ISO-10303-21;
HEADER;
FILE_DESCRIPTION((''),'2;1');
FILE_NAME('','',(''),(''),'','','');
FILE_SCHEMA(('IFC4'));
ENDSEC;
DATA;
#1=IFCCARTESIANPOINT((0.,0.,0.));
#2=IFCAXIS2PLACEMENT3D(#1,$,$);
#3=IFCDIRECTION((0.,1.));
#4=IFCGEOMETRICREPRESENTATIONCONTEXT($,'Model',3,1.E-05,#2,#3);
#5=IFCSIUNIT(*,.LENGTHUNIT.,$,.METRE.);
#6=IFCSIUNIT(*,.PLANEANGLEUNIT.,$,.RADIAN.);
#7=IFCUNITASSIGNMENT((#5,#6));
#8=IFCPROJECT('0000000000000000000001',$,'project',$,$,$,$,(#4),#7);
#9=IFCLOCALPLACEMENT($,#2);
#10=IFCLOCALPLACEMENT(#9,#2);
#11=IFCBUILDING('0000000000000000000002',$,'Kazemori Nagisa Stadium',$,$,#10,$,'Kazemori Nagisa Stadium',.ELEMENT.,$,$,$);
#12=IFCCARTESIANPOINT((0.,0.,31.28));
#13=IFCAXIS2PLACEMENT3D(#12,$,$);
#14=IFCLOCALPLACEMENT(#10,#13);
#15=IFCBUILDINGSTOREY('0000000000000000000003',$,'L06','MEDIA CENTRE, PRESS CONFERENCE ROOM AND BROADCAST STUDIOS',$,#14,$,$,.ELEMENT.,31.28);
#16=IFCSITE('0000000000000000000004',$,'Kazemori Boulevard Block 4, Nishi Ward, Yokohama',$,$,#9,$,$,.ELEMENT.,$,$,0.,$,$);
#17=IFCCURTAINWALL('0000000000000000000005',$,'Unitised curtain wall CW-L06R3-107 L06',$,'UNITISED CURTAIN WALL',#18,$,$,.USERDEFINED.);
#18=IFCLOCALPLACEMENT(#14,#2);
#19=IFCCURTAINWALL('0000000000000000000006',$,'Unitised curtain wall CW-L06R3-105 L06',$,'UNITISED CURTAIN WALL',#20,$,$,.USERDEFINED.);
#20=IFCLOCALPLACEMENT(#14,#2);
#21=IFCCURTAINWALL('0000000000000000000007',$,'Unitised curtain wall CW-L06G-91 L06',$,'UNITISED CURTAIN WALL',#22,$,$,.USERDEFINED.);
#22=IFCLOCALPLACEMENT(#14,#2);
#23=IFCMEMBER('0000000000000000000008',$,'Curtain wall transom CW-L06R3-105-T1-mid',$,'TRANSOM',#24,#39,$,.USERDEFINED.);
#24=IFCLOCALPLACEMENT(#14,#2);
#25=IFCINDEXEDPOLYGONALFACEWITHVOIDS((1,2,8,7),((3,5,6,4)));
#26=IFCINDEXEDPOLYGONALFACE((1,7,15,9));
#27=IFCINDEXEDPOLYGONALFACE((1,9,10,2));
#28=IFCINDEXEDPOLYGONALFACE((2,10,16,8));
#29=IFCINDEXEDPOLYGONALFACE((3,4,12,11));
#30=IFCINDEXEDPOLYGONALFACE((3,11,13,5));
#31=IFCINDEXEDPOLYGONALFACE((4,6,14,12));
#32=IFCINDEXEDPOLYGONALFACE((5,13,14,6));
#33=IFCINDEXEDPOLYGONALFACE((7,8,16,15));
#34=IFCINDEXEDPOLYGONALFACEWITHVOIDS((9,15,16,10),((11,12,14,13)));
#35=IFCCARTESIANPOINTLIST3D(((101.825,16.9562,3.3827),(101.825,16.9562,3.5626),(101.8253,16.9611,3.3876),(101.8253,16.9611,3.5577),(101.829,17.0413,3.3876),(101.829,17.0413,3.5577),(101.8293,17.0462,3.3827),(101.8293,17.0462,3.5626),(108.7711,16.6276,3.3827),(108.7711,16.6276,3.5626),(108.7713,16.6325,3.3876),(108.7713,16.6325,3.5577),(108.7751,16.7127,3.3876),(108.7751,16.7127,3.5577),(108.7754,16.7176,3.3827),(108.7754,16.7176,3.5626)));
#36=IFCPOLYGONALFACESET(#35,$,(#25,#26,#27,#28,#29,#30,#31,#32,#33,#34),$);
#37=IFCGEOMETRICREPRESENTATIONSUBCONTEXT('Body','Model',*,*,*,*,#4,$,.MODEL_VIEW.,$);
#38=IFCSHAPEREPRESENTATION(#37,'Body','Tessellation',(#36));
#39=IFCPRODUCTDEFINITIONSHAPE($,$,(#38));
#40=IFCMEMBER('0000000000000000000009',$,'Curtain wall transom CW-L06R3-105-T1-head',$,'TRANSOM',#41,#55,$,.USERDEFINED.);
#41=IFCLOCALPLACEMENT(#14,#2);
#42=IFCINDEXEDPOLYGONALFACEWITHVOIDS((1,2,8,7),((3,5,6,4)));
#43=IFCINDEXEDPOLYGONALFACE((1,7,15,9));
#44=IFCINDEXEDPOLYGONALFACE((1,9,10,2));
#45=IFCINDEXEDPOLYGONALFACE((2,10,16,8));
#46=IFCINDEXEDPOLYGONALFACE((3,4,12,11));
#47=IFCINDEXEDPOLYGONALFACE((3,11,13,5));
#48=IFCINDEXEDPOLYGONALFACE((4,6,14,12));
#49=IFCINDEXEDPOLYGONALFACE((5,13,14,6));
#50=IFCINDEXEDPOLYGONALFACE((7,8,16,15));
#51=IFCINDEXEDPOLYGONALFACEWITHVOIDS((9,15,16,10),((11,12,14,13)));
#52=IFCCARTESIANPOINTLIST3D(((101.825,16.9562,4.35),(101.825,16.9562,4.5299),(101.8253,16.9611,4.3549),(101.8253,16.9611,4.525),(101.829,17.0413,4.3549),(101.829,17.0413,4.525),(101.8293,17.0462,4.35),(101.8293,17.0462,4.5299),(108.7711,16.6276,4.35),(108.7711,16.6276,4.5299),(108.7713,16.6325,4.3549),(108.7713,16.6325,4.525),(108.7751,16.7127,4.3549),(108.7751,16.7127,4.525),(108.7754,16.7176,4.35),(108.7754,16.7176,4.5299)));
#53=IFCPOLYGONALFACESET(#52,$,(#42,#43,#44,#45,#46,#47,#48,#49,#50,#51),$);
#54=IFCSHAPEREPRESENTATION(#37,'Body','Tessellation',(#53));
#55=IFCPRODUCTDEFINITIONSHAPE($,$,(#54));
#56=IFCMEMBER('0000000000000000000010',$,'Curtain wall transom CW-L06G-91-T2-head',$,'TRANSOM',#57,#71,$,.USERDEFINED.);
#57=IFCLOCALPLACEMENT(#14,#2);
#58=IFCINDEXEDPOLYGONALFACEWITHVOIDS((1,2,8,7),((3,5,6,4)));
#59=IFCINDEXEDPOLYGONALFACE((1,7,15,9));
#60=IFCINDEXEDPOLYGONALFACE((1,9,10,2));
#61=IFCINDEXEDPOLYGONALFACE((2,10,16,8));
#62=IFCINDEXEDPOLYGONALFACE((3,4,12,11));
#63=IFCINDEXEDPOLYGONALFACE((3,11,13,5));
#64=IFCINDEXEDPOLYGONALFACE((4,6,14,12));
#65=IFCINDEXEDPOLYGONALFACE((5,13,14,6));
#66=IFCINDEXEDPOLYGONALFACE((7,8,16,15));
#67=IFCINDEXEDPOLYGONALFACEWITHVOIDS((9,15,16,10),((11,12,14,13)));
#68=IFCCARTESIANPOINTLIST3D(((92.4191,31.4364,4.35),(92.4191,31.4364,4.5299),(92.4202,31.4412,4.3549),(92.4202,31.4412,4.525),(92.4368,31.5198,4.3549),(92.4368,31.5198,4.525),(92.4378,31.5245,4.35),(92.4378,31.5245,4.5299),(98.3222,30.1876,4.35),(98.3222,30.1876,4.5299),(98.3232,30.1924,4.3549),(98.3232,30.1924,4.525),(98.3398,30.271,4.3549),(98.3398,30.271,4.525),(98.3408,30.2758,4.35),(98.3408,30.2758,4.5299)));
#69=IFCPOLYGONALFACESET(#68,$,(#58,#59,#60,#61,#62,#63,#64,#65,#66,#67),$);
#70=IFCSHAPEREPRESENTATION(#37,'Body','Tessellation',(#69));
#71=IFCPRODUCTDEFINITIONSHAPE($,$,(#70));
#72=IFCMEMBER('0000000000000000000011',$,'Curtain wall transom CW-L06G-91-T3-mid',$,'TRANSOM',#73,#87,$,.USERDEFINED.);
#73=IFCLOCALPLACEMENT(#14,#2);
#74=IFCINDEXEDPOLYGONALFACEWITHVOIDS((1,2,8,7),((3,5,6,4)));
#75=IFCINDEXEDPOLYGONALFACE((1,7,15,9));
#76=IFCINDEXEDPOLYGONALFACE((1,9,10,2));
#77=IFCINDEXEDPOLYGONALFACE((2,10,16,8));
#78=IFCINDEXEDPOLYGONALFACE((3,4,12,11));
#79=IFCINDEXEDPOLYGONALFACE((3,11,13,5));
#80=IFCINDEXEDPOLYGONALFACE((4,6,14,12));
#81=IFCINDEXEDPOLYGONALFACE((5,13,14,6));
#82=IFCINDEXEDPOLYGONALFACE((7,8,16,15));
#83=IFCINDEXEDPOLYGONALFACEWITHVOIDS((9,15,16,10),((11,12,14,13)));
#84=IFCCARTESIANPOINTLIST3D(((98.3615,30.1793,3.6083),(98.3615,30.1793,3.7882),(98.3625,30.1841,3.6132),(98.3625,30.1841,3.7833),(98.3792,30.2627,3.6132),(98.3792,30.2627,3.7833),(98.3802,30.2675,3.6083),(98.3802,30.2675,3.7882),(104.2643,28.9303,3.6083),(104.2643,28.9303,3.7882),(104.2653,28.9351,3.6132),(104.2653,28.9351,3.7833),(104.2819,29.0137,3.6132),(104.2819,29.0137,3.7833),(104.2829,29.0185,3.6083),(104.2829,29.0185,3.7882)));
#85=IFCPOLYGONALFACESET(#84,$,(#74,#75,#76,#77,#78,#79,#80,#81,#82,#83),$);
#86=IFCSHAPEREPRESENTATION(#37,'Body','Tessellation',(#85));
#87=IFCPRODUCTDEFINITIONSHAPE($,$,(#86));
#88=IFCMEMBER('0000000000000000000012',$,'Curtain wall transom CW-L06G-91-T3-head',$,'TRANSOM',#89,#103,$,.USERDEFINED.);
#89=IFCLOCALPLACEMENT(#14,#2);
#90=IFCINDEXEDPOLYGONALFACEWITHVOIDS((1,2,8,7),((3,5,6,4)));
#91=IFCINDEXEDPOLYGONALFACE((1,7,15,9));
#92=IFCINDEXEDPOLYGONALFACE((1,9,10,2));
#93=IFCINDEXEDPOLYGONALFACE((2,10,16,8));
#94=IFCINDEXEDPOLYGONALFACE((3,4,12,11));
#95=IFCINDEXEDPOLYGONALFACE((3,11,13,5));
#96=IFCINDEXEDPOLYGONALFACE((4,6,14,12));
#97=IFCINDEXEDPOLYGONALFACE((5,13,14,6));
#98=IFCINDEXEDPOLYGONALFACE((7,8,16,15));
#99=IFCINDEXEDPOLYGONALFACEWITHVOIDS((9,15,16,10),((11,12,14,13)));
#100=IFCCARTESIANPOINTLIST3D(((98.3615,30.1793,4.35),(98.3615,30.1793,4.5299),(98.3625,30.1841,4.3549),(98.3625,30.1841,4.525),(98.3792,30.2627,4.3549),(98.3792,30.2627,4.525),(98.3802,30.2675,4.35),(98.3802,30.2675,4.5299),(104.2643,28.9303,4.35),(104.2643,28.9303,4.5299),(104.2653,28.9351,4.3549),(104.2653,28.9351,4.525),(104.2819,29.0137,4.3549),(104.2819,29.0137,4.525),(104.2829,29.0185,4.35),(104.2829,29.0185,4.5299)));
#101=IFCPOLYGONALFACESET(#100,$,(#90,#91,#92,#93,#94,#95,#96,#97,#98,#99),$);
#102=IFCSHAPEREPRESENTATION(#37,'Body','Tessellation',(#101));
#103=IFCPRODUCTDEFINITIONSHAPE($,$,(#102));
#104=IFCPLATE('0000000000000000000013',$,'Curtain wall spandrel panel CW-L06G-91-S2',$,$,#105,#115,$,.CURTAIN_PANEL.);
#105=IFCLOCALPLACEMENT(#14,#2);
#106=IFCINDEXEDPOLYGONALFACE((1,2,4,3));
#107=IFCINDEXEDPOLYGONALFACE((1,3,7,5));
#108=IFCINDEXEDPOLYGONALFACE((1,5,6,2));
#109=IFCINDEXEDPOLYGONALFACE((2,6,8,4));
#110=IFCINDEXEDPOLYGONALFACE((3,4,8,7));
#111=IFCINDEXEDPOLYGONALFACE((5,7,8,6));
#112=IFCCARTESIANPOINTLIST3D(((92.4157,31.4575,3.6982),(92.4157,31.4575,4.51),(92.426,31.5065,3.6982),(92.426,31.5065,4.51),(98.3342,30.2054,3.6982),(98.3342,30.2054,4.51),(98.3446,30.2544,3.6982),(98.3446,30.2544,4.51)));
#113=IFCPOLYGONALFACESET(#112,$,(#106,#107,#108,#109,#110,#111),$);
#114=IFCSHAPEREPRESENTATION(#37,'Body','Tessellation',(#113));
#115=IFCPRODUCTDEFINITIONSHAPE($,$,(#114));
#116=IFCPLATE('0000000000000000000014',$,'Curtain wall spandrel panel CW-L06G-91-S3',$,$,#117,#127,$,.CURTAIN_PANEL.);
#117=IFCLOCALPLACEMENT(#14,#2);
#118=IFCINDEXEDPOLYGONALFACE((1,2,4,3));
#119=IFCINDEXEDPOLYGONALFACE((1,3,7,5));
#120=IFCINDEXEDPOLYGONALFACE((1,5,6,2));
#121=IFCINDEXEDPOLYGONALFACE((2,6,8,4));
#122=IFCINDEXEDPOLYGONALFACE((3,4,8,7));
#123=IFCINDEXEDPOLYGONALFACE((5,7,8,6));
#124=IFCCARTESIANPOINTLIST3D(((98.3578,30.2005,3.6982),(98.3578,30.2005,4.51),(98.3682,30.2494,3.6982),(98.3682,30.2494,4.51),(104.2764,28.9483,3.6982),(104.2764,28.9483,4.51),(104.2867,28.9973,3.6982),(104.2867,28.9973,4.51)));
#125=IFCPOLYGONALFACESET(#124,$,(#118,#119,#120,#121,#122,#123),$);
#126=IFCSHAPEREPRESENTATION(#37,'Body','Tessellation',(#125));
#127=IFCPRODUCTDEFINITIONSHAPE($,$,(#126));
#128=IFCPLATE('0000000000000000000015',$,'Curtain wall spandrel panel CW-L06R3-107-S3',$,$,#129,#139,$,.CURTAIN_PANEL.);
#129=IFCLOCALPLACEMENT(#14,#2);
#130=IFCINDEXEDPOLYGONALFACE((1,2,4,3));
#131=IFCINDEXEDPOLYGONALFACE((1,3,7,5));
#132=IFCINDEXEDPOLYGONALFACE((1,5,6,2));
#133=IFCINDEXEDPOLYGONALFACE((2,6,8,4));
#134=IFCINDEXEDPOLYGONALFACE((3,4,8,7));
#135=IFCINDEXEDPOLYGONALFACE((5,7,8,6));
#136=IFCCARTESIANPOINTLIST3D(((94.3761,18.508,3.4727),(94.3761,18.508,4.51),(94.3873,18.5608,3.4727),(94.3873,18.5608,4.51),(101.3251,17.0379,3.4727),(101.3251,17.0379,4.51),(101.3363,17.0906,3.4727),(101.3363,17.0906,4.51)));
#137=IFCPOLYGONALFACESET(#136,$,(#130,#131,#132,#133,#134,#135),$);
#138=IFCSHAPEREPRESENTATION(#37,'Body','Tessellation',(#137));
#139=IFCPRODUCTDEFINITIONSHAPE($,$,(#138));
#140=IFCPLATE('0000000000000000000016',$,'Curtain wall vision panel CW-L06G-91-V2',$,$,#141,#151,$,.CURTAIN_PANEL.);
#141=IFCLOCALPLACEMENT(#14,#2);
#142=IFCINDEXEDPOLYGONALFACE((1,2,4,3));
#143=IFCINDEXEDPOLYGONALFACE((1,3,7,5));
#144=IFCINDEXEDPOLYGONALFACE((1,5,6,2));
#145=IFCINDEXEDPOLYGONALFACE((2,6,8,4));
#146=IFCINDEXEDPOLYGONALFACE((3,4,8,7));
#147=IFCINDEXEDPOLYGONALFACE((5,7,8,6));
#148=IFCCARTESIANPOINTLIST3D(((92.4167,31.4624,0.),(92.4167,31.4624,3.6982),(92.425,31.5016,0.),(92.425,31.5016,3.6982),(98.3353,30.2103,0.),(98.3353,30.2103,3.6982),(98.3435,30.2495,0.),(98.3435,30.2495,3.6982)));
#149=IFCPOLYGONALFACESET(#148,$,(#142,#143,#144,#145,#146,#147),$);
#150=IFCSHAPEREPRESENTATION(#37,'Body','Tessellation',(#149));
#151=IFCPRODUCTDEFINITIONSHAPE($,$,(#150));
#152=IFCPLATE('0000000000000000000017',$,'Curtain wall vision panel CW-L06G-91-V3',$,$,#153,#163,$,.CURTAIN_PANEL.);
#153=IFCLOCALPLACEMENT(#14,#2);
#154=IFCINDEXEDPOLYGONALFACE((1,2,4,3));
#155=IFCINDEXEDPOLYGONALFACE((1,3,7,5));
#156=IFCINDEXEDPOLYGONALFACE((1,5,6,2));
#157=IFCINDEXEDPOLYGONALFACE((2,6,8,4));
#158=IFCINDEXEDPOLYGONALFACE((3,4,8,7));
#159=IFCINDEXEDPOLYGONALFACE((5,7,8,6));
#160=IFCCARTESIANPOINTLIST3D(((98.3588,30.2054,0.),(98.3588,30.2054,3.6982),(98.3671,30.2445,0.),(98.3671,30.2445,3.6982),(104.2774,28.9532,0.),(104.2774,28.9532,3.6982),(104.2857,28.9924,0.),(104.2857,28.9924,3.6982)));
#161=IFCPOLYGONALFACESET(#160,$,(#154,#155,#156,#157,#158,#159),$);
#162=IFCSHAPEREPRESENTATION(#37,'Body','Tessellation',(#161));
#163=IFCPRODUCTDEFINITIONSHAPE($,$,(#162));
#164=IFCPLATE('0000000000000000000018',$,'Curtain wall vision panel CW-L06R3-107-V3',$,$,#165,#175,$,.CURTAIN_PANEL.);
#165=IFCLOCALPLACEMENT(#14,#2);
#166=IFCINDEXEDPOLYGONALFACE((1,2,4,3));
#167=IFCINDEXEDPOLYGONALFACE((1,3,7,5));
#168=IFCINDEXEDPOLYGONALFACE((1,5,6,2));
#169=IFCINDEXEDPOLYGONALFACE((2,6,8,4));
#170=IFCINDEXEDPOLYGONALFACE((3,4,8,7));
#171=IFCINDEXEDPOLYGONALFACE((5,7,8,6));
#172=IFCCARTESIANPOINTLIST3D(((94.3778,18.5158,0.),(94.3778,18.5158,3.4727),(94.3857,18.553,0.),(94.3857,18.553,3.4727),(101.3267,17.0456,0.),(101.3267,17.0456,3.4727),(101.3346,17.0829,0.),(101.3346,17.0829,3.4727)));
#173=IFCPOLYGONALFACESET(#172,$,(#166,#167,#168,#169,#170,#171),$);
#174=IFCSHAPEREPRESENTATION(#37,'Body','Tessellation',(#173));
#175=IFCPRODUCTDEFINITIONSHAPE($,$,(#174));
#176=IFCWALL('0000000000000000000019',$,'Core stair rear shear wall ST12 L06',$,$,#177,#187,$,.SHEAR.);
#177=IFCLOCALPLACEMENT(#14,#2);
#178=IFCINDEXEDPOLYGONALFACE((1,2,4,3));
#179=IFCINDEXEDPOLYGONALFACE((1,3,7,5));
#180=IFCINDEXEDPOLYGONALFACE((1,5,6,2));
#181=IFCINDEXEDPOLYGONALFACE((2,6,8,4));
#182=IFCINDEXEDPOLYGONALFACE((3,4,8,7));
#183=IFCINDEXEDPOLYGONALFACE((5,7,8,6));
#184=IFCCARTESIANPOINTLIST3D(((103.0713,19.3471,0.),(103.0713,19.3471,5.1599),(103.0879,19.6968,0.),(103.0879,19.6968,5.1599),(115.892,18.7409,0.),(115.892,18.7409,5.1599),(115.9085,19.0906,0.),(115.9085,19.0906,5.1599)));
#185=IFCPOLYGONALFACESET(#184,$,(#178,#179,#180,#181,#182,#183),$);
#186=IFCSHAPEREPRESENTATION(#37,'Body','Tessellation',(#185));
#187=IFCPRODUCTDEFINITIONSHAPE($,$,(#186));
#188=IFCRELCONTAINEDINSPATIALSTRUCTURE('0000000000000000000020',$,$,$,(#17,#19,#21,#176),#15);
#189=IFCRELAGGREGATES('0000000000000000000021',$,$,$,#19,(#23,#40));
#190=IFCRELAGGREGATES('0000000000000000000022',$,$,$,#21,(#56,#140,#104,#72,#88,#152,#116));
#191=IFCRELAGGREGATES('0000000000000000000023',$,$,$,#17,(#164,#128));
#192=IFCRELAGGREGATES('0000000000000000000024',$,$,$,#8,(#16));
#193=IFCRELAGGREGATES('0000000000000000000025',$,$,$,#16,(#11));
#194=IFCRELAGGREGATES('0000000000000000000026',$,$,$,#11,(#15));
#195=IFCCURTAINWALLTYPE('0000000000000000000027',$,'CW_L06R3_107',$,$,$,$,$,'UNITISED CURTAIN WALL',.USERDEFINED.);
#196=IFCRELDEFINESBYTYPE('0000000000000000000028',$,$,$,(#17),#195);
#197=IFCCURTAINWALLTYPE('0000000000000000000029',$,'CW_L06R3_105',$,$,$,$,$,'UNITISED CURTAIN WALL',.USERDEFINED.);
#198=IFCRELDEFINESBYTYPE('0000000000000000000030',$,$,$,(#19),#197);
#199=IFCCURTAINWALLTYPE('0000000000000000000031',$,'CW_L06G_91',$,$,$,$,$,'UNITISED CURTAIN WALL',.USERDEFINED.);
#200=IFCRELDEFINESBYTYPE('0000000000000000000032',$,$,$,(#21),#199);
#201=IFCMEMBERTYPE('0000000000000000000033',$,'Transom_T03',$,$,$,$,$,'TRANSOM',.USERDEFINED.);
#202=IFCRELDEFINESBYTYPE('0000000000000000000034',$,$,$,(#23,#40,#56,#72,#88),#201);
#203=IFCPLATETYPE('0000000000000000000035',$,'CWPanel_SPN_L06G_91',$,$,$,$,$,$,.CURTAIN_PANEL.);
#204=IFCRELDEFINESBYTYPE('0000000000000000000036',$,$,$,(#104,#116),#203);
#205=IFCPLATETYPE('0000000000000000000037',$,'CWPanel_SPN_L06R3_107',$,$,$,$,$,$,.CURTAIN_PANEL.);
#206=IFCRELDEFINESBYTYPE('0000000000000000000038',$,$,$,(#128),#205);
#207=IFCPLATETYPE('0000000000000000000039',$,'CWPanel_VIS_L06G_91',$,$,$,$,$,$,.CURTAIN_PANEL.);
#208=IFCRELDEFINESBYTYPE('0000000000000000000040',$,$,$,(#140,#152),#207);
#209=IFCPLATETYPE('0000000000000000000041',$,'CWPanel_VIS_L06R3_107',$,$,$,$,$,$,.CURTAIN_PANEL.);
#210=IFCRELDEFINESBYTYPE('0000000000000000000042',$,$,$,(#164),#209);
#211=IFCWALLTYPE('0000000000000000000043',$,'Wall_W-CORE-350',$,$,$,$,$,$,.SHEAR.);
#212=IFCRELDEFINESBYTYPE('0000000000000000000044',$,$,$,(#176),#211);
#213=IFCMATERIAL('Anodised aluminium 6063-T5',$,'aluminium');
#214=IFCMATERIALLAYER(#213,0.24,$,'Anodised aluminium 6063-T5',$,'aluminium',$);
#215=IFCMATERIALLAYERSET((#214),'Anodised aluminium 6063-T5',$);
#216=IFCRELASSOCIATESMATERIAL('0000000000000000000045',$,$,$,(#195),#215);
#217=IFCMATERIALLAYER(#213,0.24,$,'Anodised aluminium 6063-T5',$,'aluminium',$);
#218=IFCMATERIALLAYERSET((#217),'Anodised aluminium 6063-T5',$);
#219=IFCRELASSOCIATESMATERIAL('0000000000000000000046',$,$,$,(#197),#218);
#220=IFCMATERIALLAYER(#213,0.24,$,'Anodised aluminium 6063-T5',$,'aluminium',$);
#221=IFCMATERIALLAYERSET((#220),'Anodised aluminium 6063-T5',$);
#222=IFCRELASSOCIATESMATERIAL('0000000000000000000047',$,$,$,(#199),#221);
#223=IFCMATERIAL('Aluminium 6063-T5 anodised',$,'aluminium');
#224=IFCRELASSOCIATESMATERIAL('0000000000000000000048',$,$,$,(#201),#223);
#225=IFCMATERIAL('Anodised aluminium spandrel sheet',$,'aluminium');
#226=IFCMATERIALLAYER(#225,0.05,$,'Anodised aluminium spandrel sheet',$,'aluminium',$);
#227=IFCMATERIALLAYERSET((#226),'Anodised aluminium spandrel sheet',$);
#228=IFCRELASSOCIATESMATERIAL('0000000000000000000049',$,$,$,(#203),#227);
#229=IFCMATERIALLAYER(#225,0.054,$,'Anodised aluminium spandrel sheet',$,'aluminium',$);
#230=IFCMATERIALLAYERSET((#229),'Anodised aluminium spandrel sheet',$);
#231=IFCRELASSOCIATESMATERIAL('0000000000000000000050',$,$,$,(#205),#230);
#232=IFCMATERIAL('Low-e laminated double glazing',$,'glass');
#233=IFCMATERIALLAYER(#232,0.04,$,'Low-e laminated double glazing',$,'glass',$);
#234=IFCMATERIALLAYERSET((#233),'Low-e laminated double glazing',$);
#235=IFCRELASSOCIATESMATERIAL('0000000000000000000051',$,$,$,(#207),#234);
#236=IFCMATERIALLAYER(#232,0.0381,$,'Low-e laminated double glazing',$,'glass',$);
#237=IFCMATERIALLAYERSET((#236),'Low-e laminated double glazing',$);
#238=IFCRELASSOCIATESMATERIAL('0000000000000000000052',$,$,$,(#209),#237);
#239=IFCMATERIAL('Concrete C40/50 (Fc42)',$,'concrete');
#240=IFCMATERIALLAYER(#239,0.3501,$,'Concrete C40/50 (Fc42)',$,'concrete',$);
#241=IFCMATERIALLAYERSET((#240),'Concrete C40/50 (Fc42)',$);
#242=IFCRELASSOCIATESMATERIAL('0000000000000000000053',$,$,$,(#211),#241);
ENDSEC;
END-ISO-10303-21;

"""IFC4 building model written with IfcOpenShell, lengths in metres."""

from ifc_helpers import new_model, si_unit, direction, frame, frame_2d, origin, origin_2d, place, context, subcontext, project, spatial, rectangle, hollow_rectangle, extrude, material, layer, layer_set, material_profile, profile_set, type_object, element, aggregate, save


model = new_model("IFC4")

# Units and contexts
model_context = context("Model", 3, precision=1e-05, world=origin(), true_north=direction((0.0, 1.0)))
body_context = subcontext(model_context, "Body", "Model", "MODEL_VIEW")
ifc_project = project(units=[si_unit("LENGTHUNIT", "METRE"), si_unit("PLANEANGLEUNIT", "RADIAN")], contexts=[model_context])

# Site, building, storey
site_placement = place(None, origin())
site = spatial("IfcSite", under=ifc_project, at=site_placement, Name="Kazemori Boulevard Block 4, Nishi Ward, Yokohama", CompositionType="ELEMENT", RefElevation=0.0)
building_placement = place(site_placement, origin())
building = spatial("IfcBuilding", under=site, at=building_placement, Name="Kazemori Nagisa Stadium", LongName="Kazemori Nagisa Stadium", CompositionType="ELEMENT")
storey_placement = place(building_placement, frame((0.0, 0.0, 31.28)))
storey = spatial("IfcBuildingStorey", under=building, at=storey_placement, Name="L06", Description="MEDIA CENTRE, PRESS CONFERENCE ROOM AND BROADCAST STUDIOS", CompositionType="ELEMENT", Elevation=31.28)

# Curtain wall
ifc_material_1 = material(Name="Anodised aluminium 6063-T5", Category="aluminium")
ifc_layer_1 = layer(ifc_material_1, 0.24, Name="Anodised aluminium 6063-T5", Category="aluminium")
ifc_layer_set_1 = layer_set([ifc_layer_1], Name="Anodised aluminium 6063-T5")
curtain_wall_type_1 = type_object("IfcCurtainWallType", Name="CW_L06R3_107", ElementType="UNITISED CURTAIN WALL", PredefinedType="USERDEFINED", material=ifc_layer_set_1)
curtain_wall_1_placement = place(storey_placement, origin())
curtain_wall_1 = element("IfcCurtainWall", 1, at=curtain_wall_1_placement, inside=storey, type_object=curtain_wall_type_1, Name="Unitised curtain wall CW-L06R3-107 L06", ObjectType="UNITISED CURTAIN WALL", PredefinedType="USERDEFINED")
ifc_material_2 = material(Name="Aluminium 6063-T5 anodised", Category="aluminium")

# Curtain walls
ifc_layer_2 = layer(ifc_material_1, 0.24, Name="Anodised aluminium 6063-T5", Category="aluminium")
ifc_layer_set_2 = layer_set([ifc_layer_2], Name="Anodised aluminium 6063-T5")
curtain_wall_type_2 = type_object("IfcCurtainWallType", Name="CW_L06R3_105", ElementType="UNITISED CURTAIN WALL", PredefinedType="USERDEFINED", material=ifc_layer_set_2)
curtain_wall_2_placement = place(storey_placement, origin())
curtain_wall_2 = element("IfcCurtainWall", 2, at=curtain_wall_2_placement, inside=storey, type_object=curtain_wall_type_2, Name="Unitised curtain wall CW-L06R3-105 L06", ObjectType="UNITISED CURTAIN WALL", PredefinedType="USERDEFINED")
ifc_layer_3 = layer(ifc_material_1, 0.24, Name="Anodised aluminium 6063-T5", Category="aluminium")
ifc_layer_set_3 = layer_set([ifc_layer_3], Name="Anodised aluminium 6063-T5")
curtain_wall_type_3 = type_object("IfcCurtainWallType", Name="CW_L06G_91", ElementType="UNITISED CURTAIN WALL", PredefinedType="USERDEFINED", material=ifc_layer_set_3)
curtain_wall_3_placement = place(storey_placement, origin())
curtain_wall_3 = element("IfcCurtainWall", 3, at=curtain_wall_3_placement, inside=storey, type_object=curtain_wall_type_3, Name="Unitised curtain wall CW-L06G-91 L06", ObjectType="UNITISED CURTAIN WALL", PredefinedType="USERDEFINED")

# Members
ifc_material_profile_1 = material_profile(ifc_material_2, hollow_rectangle(XDim=0.0901, YDim=0.1799, WallThickness=0.0049, at=origin_2d()), Name="ALU-TRAN-90x180x5")
ifc_profile_set_1 = profile_set([ifc_material_profile_1], Name="Aluminium 6063-T5 anodised")
member_type_1 = type_object("IfcMemberType", Name="Transom_T03", ElementType="TRANSOM", PredefinedType="USERDEFINED", material=ifc_profile_set_1)
member_1_placement = place(storey_placement, frame((101.8271, 17.0012, 3.4727), z_axis=(0.998883, -0.047257, 0.0), x_axis=(0.047257, 0.998883, 0.0)))
member_1 = element("IfcMember", 4, at=member_1_placement, type_object=member_type_1, Name="Curtain wall transom CW-L06R3-105-T1-mid", ObjectType="TRANSOM", PredefinedType="USERDEFINED", context=body_context, shape_type="SweptSolid", body=[
    extrude(hollow_rectangle(XDim=0.0901, YDim=0.1799, WallThickness=0.0049, at=origin_2d()), origin(), (0.0, 0.0, 1.0), 6.9539),
])
member_2_placement = place(storey_placement, frame((101.8271, 17.0012, 4.4399), z_axis=(0.998883, -0.047257, 0.0), x_axis=(0.047257, 0.998883, 0.0)))
member_2 = element("IfcMember", 5, at=member_2_placement, type_object=member_type_1, Name="Curtain wall transom CW-L06R3-105-T1-head", ObjectType="TRANSOM", PredefinedType="USERDEFINED", context=body_context, shape_type="SweptSolid", body=[
    extrude(hollow_rectangle(XDim=0.0901, YDim=0.1799, WallThickness=0.0049, at=origin_2d()), origin(), (0.0, 0.0, 1.0), 6.9539),
])
aggregate(curtain_wall_2, [member_1, member_2])
member_3_placement = place(storey_placement, frame((92.4285, 31.4805, 4.4399), z_axis=(0.978348, -0.206967, 0.0), x_axis=(0.206967, 0.978348, 0.0)))
member_3 = element("IfcMember", 6, at=member_3_placement, type_object=member_type_1, Name="Curtain wall transom CW-L06G-91-T2-head", ObjectType="TRANSOM", PredefinedType="USERDEFINED", context=body_context, shape_type="SweptSolid", body=[
    extrude(hollow_rectangle(XDim=0.0901, YDim=0.1799, WallThickness=0.0049, at=origin_2d()), origin(), (0.0, 0.0, 1.0), 6.0337),
])
member_4_placement = place(storey_placement, frame((98.3708, 30.2234, 3.6982), z_axis=(0.978338, -0.207014, 0.0), x_axis=(0.207014, 0.978338, 0.0)))
member_4 = element("IfcMember", 7, at=member_4_placement, type_object=member_type_1, Name="Curtain wall transom CW-L06G-91-T3-mid", ObjectType="TRANSOM", PredefinedType="USERDEFINED", context=body_context, shape_type="SweptSolid", body=[
    extrude(hollow_rectangle(XDim=0.0901, YDim=0.1799, WallThickness=0.0049, at=origin_2d()), origin(), (0.0, 0.0, 1.0), 6.0334),
])
member_5_placement = place(storey_placement, frame((98.3708, 30.2234, 4.4399), z_axis=(0.978338, -0.207014, 0.0), x_axis=(0.207014, 0.978338, 0.0)))
member_5 = element("IfcMember", 8, at=member_5_placement, type_object=member_type_1, Name="Curtain wall transom CW-L06G-91-T3-head", ObjectType="TRANSOM", PredefinedType="USERDEFINED", context=body_context, shape_type="SweptSolid", body=[
    extrude(hollow_rectangle(XDim=0.0901, YDim=0.1799, WallThickness=0.0049, at=origin_2d()), origin(), (0.0, 0.0, 1.0), 6.0334),
])

# Plates
ifc_material_3 = material(Name="Anodised aluminium spandrel sheet", Category="aluminium")
ifc_layer_4 = layer(ifc_material_3, 0.05, Name="Anodised aluminium spandrel sheet", Category="aluminium")
ifc_layer_set_4 = layer_set([ifc_layer_4], Name="Anodised aluminium spandrel sheet")
plate_type_1 = type_object("IfcPlateType", Name="CWPanel_SPN_L06G_91", PredefinedType="CURTAIN_PANEL", material=ifc_layer_set_4)
plate_1_placement = place(storey_placement, frame((95.3801, 30.856, 3.6982), z_axis=(0.0, 0.0, 1.0), x_axis=(0.978345, -0.206981, 0.0)))
plate_1 = element("IfcPlate", 9, at=plate_1_placement, type_object=plate_type_1, Name="Curtain wall spandrel panel CW-L06G-91-S2", PredefinedType="CURTAIN_PANEL", context=body_context, shape_type="SweptSolid", body=[
    extrude(rectangle(XDim=6.0496, YDim=0.05, at=origin_2d()), origin(), (0.0, 0.0, 1.0), 0.8118),
])
plate_2_placement = place(storey_placement, frame((101.3223, 29.5989, 3.6982), z_axis=(0.0, 0.0, 1.0), x_axis=(0.978345, -0.206981, 0.0)))
plate_2 = element("IfcPlate", 10, at=plate_2_placement, type_object=plate_type_1, Name="Curtain wall spandrel panel CW-L06G-91-S3", PredefinedType="CURTAIN_PANEL", context=body_context, shape_type="SweptSolid", body=[
    extrude(rectangle(XDim=6.0496, YDim=0.05, at=origin_2d()), origin(), (0.0, 0.0, 1.0), 0.8118),
])
ifc_layer_5 = layer(ifc_material_3, 0.054, Name="Anodised aluminium spandrel sheet", Category="aluminium")
ifc_layer_set_5 = layer_set([ifc_layer_5], Name="Anodised aluminium spandrel sheet")
plate_type_2 = type_object("IfcPlateType", Name="CWPanel_SPN_L06R3_107", PredefinedType="CURTAIN_PANEL", material=ifc_layer_set_5)
plate_3_placement = place(storey_placement, frame((97.8562, 17.7993, 3.4727), z_axis=(0.0, 0.0, 1.0), x_axis=(0.978345, -0.206981, 0.0)))
plate_3 = element("IfcPlate", 11, at=plate_3_placement, type_object=plate_type_2, Name="Curtain wall spandrel panel CW-L06R3-107-S3", PredefinedType="CURTAIN_PANEL", context=body_context, shape_type="SweptSolid", body=[
    extrude(rectangle(XDim=7.1028, YDim=0.054, at=origin_2d()), origin(), (0.0, 0.0, 1.0), 1.0374),
])
ifc_material_4 = material(Name="Low-e laminated double glazing", Category="glass")
ifc_layer_6 = layer(ifc_material_4, 0.04, Name="Low-e laminated double glazing", Category="glass")
ifc_layer_set_6 = layer_set([ifc_layer_6], Name="Low-e laminated double glazing")
plate_type_3 = type_object("IfcPlateType", Name="CWPanel_VIS_L06G_91", PredefinedType="CURTAIN_PANEL", material=ifc_layer_set_6)
plate_4_placement = place(storey_placement, frame((95.3801, 30.856, 0.0), z_axis=(0.0, 0.0, 1.0), x_axis=(0.978345, -0.206981, 0.0)))
plate_4 = element("IfcPlate", 12, at=plate_4_placement, type_object=plate_type_3, Name="Curtain wall vision panel CW-L06G-91-V2", PredefinedType="CURTAIN_PANEL", context=body_context, shape_type="SweptSolid", body=[
    extrude(rectangle(XDim=6.0496, YDim=0.04, at=origin_2d()), origin(), (0.0, 0.0, 1.0), 3.6982),
])
plate_5_placement = place(storey_placement, frame((101.3223, 29.5989, 0.0), z_axis=(0.0, 0.0, 1.0), x_axis=(0.978345, -0.206981, 0.0)))
plate_5 = element("IfcPlate", 13, at=plate_5_placement, type_object=plate_type_3, Name="Curtain wall vision panel CW-L06G-91-V3", PredefinedType="CURTAIN_PANEL", context=body_context, shape_type="SweptSolid", body=[
    extrude(rectangle(XDim=6.0496, YDim=0.04, at=origin_2d()), origin(), (0.0, 0.0, 1.0), 3.6982),
])
aggregate(curtain_wall_3, [member_3, plate_4, plate_1, member_4, member_5, plate_5, plate_2])
ifc_layer_7 = layer(ifc_material_4, 0.0381, Name="Low-e laminated double glazing", Category="glass")
ifc_layer_set_7 = layer_set([ifc_layer_7], Name="Low-e laminated double glazing")
plate_type_4 = type_object("IfcPlateType", Name="CWPanel_VIS_L06R3_107", PredefinedType="CURTAIN_PANEL", material=ifc_layer_set_7)
plate_6_placement = place(storey_placement, frame((97.8562, 17.7993, 0.0), z_axis=(0.0, 0.0, 1.0), x_axis=(0.978345, -0.206981, 0.0)))
plate_6 = element("IfcPlate", 14, at=plate_6_placement, type_object=plate_type_4, Name="Curtain wall vision panel CW-L06R3-107-V3", PredefinedType="CURTAIN_PANEL", context=body_context, shape_type="SweptSolid", body=[
    extrude(rectangle(XDim=7.1028, YDim=0.0381, at=origin_2d()), origin(), (0.0, 0.0, 1.0), 3.4727),
])
aggregate(curtain_wall_1, [plate_6, plate_3])

# Wall
ifc_material_5 = material(Name="Concrete C40/50 (Fc42)", Category="concrete")
ifc_layer_8 = layer(ifc_material_5, 0.3501, Name="Concrete C40/50 (Fc42)", Category="concrete")
ifc_layer_set_8 = layer_set([ifc_layer_8], Name="Concrete C40/50 (Fc42)")
wall_type_1 = type_object("IfcWallType", Name="Wall_W-CORE-350", PredefinedType="SHEAR", material=ifc_layer_set_8)
wall_1_placement = place(storey_placement, frame((103.0796, 19.522, 0.0), z_axis=(0.0, 0.0, 1.0), x_axis=(0.998884, -0.047231, 0.0)))
element("IfcWall", 15, at=wall_1_placement, inside=storey, type_object=wall_type_1, Name="Core stair rear shear wall ST12 L06", PredefinedType="SHEAR", context=body_context, shape_type="SweptSolid", body=[
    extrude(rectangle(XDim=12.835, YDim=0.3501, at=frame_2d((6.4175, 0.0))), origin(), (0.0, 0.0, 1.0), 5.1599),
])

save(model, "model.ifc")
